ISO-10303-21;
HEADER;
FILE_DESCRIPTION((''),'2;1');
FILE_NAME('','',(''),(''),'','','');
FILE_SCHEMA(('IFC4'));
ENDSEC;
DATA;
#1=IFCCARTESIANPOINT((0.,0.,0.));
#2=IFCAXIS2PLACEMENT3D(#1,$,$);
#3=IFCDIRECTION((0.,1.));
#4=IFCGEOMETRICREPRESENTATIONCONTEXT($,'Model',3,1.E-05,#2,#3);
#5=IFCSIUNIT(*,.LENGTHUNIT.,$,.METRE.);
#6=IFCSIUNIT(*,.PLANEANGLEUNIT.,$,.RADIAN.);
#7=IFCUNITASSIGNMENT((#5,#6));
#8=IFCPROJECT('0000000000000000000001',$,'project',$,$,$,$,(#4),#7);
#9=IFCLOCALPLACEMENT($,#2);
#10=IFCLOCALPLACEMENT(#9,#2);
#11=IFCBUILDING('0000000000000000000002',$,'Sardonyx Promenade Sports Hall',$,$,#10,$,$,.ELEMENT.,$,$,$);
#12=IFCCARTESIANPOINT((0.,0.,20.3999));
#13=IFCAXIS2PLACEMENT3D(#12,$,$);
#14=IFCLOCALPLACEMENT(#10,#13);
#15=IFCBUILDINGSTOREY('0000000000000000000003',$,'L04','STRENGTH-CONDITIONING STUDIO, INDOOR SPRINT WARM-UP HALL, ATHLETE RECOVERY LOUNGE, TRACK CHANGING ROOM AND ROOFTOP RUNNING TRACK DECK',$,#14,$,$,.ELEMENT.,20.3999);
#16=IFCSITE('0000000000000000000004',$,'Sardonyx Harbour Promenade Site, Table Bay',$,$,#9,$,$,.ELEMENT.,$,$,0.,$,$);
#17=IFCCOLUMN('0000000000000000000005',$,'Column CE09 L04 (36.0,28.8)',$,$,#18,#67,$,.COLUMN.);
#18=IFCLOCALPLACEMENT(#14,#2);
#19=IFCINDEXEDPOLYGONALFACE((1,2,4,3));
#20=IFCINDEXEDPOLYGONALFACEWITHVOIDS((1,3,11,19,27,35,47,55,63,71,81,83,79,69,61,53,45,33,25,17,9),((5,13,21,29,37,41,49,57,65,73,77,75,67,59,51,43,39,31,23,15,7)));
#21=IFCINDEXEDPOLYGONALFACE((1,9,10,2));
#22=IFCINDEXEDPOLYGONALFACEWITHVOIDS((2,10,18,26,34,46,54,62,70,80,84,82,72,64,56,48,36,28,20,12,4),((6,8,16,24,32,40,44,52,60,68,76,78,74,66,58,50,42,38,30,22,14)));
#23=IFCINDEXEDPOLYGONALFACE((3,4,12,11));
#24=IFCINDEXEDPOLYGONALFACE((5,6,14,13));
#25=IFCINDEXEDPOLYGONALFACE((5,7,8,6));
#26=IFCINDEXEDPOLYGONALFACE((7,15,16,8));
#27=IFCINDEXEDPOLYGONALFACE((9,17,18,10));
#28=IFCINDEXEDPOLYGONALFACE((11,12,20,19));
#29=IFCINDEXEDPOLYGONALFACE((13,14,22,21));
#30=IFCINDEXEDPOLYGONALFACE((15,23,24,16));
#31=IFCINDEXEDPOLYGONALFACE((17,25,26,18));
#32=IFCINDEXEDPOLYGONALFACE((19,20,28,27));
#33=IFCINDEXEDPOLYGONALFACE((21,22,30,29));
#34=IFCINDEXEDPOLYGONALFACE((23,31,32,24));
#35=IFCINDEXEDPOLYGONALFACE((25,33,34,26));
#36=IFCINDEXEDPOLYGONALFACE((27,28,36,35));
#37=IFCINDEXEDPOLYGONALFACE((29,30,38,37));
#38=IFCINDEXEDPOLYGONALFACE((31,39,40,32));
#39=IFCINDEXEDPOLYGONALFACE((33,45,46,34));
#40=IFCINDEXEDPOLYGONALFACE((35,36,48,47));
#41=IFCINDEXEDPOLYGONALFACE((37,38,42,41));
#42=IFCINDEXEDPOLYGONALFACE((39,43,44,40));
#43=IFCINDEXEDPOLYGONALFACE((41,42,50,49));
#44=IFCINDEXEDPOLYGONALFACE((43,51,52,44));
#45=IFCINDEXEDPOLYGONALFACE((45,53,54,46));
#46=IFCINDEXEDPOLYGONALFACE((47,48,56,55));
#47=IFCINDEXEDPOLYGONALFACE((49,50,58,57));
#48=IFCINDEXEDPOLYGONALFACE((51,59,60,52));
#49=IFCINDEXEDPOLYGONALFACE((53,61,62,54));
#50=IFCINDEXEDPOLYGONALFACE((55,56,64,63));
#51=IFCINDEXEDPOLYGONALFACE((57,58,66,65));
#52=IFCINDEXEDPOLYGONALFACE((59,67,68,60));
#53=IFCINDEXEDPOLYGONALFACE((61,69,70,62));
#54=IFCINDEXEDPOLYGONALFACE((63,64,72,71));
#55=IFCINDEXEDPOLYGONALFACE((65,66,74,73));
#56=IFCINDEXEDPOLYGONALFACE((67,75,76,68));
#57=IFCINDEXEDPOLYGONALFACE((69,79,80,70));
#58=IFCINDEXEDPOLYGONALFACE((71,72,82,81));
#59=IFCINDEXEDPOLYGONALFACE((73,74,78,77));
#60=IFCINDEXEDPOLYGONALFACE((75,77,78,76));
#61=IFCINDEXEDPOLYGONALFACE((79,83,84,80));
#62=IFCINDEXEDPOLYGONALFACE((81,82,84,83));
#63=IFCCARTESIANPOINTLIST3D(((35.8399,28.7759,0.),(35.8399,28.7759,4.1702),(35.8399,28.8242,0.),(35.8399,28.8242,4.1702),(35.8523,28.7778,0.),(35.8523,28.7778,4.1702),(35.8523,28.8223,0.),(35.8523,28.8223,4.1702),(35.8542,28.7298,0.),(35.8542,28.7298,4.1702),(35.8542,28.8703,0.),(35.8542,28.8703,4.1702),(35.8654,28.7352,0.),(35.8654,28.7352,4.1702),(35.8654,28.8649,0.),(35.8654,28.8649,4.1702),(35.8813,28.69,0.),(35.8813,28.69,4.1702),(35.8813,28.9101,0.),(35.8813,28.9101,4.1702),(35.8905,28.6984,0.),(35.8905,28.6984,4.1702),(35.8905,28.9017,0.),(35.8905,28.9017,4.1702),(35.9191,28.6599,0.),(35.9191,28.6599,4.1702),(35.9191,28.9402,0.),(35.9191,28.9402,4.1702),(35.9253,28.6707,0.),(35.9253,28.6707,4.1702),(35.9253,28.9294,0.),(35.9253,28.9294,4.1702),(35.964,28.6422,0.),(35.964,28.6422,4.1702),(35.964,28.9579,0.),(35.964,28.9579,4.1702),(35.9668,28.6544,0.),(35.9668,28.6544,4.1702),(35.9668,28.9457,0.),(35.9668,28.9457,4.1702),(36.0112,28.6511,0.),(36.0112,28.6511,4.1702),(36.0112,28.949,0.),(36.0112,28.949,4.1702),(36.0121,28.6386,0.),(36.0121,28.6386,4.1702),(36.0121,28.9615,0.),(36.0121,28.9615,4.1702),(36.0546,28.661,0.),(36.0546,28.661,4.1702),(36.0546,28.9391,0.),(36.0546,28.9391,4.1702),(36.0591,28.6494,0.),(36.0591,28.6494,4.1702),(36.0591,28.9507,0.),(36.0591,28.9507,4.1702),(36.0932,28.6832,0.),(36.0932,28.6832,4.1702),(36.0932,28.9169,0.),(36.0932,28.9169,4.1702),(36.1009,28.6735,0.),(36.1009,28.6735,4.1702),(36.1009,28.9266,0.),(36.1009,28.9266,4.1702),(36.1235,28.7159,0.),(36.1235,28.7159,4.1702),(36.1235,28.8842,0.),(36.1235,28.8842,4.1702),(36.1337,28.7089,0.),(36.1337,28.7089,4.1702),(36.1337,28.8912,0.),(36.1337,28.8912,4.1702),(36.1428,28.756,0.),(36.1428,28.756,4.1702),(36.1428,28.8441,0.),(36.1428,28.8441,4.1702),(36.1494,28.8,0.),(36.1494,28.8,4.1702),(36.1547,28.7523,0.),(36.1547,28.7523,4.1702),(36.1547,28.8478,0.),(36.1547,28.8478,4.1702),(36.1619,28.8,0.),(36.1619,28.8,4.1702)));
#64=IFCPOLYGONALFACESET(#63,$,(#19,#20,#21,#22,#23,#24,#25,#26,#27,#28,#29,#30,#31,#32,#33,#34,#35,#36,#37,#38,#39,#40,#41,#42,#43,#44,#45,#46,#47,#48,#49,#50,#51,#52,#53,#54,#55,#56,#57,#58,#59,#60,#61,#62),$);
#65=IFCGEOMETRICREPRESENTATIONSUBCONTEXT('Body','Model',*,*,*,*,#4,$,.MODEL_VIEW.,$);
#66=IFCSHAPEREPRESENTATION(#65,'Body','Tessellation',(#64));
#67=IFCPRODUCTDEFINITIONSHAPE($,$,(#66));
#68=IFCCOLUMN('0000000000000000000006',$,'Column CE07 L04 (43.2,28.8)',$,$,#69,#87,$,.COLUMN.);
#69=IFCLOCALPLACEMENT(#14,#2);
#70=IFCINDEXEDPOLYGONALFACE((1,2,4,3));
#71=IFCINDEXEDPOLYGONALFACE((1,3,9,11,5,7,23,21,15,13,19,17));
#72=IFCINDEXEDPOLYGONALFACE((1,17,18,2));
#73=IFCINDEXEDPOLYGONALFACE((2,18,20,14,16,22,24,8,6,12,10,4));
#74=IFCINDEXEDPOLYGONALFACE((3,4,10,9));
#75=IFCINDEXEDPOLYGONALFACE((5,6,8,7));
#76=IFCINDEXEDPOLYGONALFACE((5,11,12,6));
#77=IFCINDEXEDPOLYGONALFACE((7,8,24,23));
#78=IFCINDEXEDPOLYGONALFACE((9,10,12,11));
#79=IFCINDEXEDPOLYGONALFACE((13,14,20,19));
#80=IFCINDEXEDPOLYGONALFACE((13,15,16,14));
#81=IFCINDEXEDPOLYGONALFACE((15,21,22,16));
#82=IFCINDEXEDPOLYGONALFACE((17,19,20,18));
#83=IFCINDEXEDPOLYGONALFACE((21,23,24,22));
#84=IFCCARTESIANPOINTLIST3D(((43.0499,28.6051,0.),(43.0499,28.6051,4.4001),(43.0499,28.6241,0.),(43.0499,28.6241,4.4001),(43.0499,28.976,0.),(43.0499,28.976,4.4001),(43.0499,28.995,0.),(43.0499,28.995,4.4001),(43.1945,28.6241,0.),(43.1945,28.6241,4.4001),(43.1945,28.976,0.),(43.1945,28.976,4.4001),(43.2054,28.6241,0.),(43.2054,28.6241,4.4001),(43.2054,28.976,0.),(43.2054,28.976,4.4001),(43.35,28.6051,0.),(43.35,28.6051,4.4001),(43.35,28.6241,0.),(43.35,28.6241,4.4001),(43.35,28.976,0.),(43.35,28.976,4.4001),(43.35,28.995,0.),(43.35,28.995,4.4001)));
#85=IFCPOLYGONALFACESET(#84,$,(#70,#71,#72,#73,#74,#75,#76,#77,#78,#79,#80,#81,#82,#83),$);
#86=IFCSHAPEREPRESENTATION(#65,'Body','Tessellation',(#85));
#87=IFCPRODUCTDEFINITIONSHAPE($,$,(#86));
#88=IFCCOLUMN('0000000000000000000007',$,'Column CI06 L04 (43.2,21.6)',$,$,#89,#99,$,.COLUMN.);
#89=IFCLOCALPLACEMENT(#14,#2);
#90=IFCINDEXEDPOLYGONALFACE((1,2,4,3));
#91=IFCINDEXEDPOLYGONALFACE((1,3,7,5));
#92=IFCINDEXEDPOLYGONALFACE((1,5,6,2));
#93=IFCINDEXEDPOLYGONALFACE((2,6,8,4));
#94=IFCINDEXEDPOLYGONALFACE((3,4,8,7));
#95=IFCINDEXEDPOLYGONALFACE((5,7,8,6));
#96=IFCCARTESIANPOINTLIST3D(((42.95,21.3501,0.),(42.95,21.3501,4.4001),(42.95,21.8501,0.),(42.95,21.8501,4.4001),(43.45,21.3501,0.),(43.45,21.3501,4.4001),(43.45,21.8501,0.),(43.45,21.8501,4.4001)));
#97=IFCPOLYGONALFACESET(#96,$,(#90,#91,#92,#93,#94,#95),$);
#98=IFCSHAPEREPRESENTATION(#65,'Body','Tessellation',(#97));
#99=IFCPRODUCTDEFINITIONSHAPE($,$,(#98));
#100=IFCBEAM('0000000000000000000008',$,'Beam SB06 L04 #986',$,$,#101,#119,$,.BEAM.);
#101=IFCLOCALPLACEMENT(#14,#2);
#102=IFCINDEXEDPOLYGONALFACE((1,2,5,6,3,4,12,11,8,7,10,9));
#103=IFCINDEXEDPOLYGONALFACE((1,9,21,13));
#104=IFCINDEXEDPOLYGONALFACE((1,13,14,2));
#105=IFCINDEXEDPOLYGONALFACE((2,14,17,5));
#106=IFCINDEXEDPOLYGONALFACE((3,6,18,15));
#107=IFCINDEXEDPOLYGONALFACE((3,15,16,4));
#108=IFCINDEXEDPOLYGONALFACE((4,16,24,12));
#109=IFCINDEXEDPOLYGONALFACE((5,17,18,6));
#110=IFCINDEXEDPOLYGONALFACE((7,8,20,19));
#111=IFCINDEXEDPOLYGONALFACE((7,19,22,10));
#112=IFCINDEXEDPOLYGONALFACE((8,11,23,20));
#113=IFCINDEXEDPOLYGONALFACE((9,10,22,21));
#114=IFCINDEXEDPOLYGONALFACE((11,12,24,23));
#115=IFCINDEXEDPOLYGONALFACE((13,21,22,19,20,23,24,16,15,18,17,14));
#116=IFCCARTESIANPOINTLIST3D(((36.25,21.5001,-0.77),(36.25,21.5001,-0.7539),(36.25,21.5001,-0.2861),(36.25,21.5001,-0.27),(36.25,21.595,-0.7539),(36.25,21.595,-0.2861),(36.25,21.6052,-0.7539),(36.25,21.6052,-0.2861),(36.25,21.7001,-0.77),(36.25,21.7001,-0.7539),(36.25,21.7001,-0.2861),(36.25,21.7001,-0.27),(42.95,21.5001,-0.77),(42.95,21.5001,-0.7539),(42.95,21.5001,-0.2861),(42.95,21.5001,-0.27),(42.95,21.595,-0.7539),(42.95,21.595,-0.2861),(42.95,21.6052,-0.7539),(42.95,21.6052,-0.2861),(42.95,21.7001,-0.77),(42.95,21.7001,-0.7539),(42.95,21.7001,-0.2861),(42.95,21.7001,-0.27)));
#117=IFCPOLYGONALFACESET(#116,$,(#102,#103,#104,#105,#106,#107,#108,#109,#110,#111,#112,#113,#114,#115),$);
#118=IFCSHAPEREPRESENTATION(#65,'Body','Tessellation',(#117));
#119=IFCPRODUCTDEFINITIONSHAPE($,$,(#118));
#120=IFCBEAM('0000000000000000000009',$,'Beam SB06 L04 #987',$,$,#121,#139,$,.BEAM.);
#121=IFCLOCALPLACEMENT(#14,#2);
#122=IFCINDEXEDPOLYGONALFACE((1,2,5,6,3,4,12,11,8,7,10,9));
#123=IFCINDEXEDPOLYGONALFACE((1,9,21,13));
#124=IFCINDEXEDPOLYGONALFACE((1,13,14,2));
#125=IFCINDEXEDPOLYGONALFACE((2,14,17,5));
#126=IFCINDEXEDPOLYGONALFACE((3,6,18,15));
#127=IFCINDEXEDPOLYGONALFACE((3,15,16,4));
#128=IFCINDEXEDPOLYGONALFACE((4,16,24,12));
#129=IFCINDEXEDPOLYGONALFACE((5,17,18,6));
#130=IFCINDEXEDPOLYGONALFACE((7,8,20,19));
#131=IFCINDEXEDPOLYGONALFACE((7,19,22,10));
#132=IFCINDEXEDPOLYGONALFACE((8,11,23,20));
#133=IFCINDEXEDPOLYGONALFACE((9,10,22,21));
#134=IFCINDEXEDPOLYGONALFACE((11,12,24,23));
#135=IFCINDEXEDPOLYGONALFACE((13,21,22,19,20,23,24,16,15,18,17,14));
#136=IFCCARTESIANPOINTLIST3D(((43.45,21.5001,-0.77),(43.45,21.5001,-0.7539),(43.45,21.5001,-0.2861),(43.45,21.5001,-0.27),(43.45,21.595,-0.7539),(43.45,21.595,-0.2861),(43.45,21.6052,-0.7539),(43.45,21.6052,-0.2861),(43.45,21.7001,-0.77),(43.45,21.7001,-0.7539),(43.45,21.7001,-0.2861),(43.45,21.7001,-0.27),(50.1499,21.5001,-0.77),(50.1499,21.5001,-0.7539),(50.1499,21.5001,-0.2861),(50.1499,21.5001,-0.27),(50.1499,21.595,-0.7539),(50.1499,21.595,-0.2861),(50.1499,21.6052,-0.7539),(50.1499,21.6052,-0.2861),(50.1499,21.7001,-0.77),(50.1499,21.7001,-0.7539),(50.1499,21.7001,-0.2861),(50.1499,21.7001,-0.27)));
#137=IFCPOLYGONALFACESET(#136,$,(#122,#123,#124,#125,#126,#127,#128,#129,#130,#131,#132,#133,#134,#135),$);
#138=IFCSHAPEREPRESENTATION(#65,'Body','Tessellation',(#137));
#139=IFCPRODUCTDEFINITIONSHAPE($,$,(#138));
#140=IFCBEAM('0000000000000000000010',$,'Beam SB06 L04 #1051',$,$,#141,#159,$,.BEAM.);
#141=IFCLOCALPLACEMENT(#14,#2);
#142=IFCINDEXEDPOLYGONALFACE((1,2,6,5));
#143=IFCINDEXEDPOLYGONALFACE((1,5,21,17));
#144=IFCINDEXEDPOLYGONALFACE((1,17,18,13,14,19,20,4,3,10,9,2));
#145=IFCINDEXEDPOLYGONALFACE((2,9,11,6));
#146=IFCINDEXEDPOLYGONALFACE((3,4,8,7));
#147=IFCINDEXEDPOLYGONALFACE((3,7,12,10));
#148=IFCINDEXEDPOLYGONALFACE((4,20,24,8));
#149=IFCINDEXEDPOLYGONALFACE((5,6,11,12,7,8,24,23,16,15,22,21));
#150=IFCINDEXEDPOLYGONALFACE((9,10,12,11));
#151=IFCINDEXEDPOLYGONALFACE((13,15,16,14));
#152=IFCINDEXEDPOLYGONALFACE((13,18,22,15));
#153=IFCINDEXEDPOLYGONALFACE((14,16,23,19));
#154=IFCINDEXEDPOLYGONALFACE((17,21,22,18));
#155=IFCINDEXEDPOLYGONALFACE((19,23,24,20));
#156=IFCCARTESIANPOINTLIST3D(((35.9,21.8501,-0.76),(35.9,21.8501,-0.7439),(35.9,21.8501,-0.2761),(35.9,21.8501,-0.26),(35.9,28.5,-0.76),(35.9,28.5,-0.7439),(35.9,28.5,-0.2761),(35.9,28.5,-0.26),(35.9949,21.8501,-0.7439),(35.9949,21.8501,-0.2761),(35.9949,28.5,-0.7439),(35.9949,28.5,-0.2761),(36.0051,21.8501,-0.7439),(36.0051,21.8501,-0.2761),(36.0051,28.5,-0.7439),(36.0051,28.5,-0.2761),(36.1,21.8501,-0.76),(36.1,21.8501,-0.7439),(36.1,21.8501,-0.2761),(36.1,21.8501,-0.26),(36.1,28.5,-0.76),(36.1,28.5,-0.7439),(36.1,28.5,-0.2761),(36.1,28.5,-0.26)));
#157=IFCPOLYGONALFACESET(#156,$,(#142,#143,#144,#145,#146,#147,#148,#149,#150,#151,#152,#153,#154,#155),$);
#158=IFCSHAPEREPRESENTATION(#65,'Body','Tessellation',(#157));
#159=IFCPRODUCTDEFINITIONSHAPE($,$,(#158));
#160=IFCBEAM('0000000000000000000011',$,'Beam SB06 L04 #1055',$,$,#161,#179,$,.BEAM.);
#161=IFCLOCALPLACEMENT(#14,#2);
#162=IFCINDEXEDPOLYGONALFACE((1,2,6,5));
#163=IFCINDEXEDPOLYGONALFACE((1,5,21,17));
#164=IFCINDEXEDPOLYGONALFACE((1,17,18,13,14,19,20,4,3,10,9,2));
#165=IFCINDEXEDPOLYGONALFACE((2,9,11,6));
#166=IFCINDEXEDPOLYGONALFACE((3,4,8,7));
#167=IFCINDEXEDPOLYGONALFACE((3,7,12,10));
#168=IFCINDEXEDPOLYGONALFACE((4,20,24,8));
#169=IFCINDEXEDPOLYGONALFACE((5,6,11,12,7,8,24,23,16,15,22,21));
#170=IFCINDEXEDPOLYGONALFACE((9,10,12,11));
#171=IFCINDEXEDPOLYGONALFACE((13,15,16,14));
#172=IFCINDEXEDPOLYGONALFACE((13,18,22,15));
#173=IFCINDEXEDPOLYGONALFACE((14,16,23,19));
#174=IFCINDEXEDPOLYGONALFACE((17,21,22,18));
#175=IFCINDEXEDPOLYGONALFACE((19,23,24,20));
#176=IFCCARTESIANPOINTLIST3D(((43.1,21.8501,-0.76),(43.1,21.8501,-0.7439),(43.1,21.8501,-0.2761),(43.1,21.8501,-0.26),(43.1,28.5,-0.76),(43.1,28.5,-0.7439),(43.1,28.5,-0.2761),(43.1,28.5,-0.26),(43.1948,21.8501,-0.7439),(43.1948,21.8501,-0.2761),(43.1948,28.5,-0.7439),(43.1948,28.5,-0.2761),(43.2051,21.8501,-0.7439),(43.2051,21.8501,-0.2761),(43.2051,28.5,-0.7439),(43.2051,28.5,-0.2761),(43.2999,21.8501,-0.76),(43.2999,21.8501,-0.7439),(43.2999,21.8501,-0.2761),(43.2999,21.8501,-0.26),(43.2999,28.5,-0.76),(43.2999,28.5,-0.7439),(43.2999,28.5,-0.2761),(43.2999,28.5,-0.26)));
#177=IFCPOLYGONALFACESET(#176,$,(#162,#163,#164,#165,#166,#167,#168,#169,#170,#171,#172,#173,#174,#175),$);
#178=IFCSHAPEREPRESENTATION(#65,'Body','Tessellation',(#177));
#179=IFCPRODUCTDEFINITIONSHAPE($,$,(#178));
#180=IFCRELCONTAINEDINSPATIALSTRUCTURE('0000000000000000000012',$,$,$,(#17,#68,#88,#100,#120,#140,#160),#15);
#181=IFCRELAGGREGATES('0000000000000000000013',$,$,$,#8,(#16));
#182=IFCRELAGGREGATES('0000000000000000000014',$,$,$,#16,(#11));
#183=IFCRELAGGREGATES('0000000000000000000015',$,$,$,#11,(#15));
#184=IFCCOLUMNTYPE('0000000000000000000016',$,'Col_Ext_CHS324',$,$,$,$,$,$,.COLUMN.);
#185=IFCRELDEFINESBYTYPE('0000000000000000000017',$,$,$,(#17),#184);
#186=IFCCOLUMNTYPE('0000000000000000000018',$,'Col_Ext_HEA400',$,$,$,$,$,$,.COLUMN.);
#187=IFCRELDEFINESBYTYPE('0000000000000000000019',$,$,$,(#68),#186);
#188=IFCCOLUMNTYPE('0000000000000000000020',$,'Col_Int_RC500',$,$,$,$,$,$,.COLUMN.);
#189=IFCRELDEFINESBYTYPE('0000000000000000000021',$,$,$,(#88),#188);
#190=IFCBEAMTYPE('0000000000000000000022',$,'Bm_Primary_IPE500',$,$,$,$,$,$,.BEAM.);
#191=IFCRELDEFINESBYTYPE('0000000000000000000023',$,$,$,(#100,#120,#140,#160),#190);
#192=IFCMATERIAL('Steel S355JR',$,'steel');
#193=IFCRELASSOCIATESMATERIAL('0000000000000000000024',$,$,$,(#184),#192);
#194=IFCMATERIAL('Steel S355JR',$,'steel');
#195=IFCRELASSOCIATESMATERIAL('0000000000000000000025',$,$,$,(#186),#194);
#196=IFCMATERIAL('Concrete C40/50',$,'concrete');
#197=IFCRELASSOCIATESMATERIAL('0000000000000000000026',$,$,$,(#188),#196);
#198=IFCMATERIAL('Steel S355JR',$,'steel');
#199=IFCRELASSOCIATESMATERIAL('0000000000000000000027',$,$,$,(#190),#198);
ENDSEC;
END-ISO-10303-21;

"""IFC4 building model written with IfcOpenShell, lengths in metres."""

from ifc_helpers import new_model, si_unit, direction, frame, origin, origin_2d, place, context, subcontext, project, spatial, rectangle, hollow_circle, i_section, extrude, material, material_profile, profile_set, type_object, element, save


model = new_model("IFC4")

# Units and contexts
model_context = context("Model", 3, precision=1e-05, world=origin(), true_north=direction((0.0, 1.0)))
body_context = subcontext(model_context, "Body", "Model", "MODEL_VIEW")
ifc_project = project(units=[si_unit("LENGTHUNIT", "METRE"), si_unit("PLANEANGLEUNIT", "RADIAN")], contexts=[model_context])

# Site, building, storey
site_placement = place(None, origin())
site = spatial("IfcSite", under=ifc_project, at=site_placement, Name="Sardonyx Harbour Promenade Site, Table Bay", CompositionType="ELEMENT", RefElevation=0.0)
building_placement = place(site_placement, origin())
building = spatial("IfcBuilding", under=site, at=building_placement, Name="Sardonyx Promenade Sports Hall", CompositionType="ELEMENT")
storey_placement = place(building_placement, frame((0.0, 0.0, 20.3999)))
storey = spatial("IfcBuildingStorey", under=building, at=storey_placement, Name="L04", Description="STRENGTH-CONDITIONING STUDIO, INDOOR SPRINT WARM-UP HALL, ATHLETE RECOVERY LOUNGE, TRACK CHANGING ROOM AND ROOFTOP RUNNING TRACK DECK", CompositionType="ELEMENT", Elevation=20.3999)

# Columns
ifc_material_1 = material(Name="Steel S355JR", Category="steel")
ifc_material_profile_1 = material_profile(ifc_material_1, hollow_circle(Radius=0.1619, WallThickness=0.0125, at=origin_2d()))
ifc_profile_set_1 = profile_set([ifc_material_profile_1], Name="Steel S355JR")
column_type_1 = type_object("IfcColumnType", Name="Col_Ext_CHS324", PredefinedType="COLUMN", material=ifc_profile_set_1)
column_1_placement = place(storey_placement, frame((36.0, 28.8, 0.0), z_axis=(0.0, 0.0, 1.0), x_axis=(1.0, 0.0, 0.0)))
element("IfcColumn", 1, at=column_1_placement, inside=storey, type_object=column_type_1, Name="Column CE09 L04 (36.0,28.8)", PredefinedType="COLUMN", context=body_context, shape_type="SweptSolid", body=[
    extrude(hollow_circle(Radius=0.1619, WallThickness=0.0125, at=origin_2d()), origin(), (0.0, 0.0, 1.0), 4.1702),
])
ifc_material_2 = material(Name="Steel S355JR", Category="steel")
ifc_material_profile_2 = material_profile(ifc_material_2, i_section(OverallWidth=0.3, OverallDepth=0.3899, WebThickness=0.011, FlangeThickness=0.019, at=origin_2d()))
ifc_profile_set_2 = profile_set([ifc_material_profile_2], Name="Steel S355JR")
column_type_2 = type_object("IfcColumnType", Name="Col_Ext_HEA400", PredefinedType="COLUMN", material=ifc_profile_set_2)
column_2_placement = place(storey_placement, frame((43.2, 28.8, 0.0), z_axis=(0.0, 0.0, 1.0), x_axis=(1.0, 0.0, 0.0)))
element("IfcColumn", 2, at=column_2_placement, inside=storey, type_object=column_type_2, Name="Column CE07 L04 (43.2,28.8)", PredefinedType="COLUMN", context=body_context, shape_type="SweptSolid", body=[
    extrude(i_section(OverallWidth=0.3, OverallDepth=0.3899, WebThickness=0.011, FlangeThickness=0.019, at=origin_2d()), origin(), (0.0, 0.0, 1.0), 4.4001),
])
ifc_material_3 = material(Name="Concrete C40/50", Category="concrete")
ifc_material_profile_3 = material_profile(ifc_material_3, rectangle(XDim=0.5, YDim=0.5, at=origin_2d()))
ifc_profile_set_3 = profile_set([ifc_material_profile_3], Name="Concrete C40/50")
column_type_3 = type_object("IfcColumnType", Name="Col_Int_RC500", PredefinedType="COLUMN", material=ifc_profile_set_3)
column_3_placement = place(storey_placement, frame((43.2, 21.6001, 0.0), z_axis=(0.0, 0.0, 1.0), x_axis=(1.0, 0.0, 0.0)))
element("IfcColumn", 3, at=column_3_placement, inside=storey, type_object=column_type_3, Name="Column CI06 L04 (43.2,21.6)", PredefinedType="COLUMN", context=body_context, shape_type="SweptSolid", body=[
    extrude(rectangle(XDim=0.5, YDim=0.5, at=origin_2d()), origin(), (0.0, 0.0, 1.0), 4.4001),
])

# Beams
ifc_material_4 = material(Name="Steel S355JR", Category="steel")
ifc_material_profile_4 = material_profile(ifc_material_4, i_section(OverallWidth=0.2, OverallDepth=0.5, WebThickness=0.0103, FlangeThickness=0.0161, at=origin_2d()))
ifc_profile_set_4 = profile_set([ifc_material_profile_4], Name="Steel S355JR")
beam_type = type_object("IfcBeamType", Name="Bm_Primary_IPE500", PredefinedType="BEAM", material=ifc_profile_set_4)
for number, where, z_axis, x_axis, name in (
    (4, (36.25, 21.6001, -0.52), (1.0, 0.0, 0.0), (0.0, 1.0, 0.0), "Beam SB06 L04 #986"),
    (5, (43.45, 21.6001, -0.52), (1.0, 0.0, 0.0), (0.0, 1.0, 0.0), "Beam SB06 L04 #987"),
):
    element("IfcBeam", number, at=place(storey_placement, frame(where, z_axis=z_axis, x_axis=x_axis)), inside=storey, type_object=beam_type, Name=name, PredefinedType="BEAM", context=body_context, shape_type="SweptSolid", body=[
        extrude(i_section(OverallWidth=0.2, OverallDepth=0.5, WebThickness=0.0103, FlangeThickness=0.0161, at=origin_2d()), origin(), (0.0, 0.0, 1.0), 6.7),
    ])
for number, where, z_axis, x_axis, name in (
    (6, (36.0, 21.8501, -0.51), (0.0, 1.0, 0.0), (-1.0, 0.0, 0.0), "Beam SB06 L04 #1051"),
    (7, (43.2, 21.8501, -0.51), (0.0, 1.0, 0.0), (-1.0, 0.0, 0.0), "Beam SB06 L04 #1055"),
):
    element("IfcBeam", number, at=place(storey_placement, frame(where, z_axis=z_axis, x_axis=x_axis)), inside=storey, type_object=beam_type, Name=name, PredefinedType="BEAM", context=body_context, shape_type="SweptSolid", body=[
        extrude(i_section(OverallWidth=0.2, OverallDepth=0.5, WebThickness=0.0103, FlangeThickness=0.0161, at=origin_2d()), origin(), (0.0, 0.0, 1.0), 6.6499),
    ])

save(model, "model.ifc")
